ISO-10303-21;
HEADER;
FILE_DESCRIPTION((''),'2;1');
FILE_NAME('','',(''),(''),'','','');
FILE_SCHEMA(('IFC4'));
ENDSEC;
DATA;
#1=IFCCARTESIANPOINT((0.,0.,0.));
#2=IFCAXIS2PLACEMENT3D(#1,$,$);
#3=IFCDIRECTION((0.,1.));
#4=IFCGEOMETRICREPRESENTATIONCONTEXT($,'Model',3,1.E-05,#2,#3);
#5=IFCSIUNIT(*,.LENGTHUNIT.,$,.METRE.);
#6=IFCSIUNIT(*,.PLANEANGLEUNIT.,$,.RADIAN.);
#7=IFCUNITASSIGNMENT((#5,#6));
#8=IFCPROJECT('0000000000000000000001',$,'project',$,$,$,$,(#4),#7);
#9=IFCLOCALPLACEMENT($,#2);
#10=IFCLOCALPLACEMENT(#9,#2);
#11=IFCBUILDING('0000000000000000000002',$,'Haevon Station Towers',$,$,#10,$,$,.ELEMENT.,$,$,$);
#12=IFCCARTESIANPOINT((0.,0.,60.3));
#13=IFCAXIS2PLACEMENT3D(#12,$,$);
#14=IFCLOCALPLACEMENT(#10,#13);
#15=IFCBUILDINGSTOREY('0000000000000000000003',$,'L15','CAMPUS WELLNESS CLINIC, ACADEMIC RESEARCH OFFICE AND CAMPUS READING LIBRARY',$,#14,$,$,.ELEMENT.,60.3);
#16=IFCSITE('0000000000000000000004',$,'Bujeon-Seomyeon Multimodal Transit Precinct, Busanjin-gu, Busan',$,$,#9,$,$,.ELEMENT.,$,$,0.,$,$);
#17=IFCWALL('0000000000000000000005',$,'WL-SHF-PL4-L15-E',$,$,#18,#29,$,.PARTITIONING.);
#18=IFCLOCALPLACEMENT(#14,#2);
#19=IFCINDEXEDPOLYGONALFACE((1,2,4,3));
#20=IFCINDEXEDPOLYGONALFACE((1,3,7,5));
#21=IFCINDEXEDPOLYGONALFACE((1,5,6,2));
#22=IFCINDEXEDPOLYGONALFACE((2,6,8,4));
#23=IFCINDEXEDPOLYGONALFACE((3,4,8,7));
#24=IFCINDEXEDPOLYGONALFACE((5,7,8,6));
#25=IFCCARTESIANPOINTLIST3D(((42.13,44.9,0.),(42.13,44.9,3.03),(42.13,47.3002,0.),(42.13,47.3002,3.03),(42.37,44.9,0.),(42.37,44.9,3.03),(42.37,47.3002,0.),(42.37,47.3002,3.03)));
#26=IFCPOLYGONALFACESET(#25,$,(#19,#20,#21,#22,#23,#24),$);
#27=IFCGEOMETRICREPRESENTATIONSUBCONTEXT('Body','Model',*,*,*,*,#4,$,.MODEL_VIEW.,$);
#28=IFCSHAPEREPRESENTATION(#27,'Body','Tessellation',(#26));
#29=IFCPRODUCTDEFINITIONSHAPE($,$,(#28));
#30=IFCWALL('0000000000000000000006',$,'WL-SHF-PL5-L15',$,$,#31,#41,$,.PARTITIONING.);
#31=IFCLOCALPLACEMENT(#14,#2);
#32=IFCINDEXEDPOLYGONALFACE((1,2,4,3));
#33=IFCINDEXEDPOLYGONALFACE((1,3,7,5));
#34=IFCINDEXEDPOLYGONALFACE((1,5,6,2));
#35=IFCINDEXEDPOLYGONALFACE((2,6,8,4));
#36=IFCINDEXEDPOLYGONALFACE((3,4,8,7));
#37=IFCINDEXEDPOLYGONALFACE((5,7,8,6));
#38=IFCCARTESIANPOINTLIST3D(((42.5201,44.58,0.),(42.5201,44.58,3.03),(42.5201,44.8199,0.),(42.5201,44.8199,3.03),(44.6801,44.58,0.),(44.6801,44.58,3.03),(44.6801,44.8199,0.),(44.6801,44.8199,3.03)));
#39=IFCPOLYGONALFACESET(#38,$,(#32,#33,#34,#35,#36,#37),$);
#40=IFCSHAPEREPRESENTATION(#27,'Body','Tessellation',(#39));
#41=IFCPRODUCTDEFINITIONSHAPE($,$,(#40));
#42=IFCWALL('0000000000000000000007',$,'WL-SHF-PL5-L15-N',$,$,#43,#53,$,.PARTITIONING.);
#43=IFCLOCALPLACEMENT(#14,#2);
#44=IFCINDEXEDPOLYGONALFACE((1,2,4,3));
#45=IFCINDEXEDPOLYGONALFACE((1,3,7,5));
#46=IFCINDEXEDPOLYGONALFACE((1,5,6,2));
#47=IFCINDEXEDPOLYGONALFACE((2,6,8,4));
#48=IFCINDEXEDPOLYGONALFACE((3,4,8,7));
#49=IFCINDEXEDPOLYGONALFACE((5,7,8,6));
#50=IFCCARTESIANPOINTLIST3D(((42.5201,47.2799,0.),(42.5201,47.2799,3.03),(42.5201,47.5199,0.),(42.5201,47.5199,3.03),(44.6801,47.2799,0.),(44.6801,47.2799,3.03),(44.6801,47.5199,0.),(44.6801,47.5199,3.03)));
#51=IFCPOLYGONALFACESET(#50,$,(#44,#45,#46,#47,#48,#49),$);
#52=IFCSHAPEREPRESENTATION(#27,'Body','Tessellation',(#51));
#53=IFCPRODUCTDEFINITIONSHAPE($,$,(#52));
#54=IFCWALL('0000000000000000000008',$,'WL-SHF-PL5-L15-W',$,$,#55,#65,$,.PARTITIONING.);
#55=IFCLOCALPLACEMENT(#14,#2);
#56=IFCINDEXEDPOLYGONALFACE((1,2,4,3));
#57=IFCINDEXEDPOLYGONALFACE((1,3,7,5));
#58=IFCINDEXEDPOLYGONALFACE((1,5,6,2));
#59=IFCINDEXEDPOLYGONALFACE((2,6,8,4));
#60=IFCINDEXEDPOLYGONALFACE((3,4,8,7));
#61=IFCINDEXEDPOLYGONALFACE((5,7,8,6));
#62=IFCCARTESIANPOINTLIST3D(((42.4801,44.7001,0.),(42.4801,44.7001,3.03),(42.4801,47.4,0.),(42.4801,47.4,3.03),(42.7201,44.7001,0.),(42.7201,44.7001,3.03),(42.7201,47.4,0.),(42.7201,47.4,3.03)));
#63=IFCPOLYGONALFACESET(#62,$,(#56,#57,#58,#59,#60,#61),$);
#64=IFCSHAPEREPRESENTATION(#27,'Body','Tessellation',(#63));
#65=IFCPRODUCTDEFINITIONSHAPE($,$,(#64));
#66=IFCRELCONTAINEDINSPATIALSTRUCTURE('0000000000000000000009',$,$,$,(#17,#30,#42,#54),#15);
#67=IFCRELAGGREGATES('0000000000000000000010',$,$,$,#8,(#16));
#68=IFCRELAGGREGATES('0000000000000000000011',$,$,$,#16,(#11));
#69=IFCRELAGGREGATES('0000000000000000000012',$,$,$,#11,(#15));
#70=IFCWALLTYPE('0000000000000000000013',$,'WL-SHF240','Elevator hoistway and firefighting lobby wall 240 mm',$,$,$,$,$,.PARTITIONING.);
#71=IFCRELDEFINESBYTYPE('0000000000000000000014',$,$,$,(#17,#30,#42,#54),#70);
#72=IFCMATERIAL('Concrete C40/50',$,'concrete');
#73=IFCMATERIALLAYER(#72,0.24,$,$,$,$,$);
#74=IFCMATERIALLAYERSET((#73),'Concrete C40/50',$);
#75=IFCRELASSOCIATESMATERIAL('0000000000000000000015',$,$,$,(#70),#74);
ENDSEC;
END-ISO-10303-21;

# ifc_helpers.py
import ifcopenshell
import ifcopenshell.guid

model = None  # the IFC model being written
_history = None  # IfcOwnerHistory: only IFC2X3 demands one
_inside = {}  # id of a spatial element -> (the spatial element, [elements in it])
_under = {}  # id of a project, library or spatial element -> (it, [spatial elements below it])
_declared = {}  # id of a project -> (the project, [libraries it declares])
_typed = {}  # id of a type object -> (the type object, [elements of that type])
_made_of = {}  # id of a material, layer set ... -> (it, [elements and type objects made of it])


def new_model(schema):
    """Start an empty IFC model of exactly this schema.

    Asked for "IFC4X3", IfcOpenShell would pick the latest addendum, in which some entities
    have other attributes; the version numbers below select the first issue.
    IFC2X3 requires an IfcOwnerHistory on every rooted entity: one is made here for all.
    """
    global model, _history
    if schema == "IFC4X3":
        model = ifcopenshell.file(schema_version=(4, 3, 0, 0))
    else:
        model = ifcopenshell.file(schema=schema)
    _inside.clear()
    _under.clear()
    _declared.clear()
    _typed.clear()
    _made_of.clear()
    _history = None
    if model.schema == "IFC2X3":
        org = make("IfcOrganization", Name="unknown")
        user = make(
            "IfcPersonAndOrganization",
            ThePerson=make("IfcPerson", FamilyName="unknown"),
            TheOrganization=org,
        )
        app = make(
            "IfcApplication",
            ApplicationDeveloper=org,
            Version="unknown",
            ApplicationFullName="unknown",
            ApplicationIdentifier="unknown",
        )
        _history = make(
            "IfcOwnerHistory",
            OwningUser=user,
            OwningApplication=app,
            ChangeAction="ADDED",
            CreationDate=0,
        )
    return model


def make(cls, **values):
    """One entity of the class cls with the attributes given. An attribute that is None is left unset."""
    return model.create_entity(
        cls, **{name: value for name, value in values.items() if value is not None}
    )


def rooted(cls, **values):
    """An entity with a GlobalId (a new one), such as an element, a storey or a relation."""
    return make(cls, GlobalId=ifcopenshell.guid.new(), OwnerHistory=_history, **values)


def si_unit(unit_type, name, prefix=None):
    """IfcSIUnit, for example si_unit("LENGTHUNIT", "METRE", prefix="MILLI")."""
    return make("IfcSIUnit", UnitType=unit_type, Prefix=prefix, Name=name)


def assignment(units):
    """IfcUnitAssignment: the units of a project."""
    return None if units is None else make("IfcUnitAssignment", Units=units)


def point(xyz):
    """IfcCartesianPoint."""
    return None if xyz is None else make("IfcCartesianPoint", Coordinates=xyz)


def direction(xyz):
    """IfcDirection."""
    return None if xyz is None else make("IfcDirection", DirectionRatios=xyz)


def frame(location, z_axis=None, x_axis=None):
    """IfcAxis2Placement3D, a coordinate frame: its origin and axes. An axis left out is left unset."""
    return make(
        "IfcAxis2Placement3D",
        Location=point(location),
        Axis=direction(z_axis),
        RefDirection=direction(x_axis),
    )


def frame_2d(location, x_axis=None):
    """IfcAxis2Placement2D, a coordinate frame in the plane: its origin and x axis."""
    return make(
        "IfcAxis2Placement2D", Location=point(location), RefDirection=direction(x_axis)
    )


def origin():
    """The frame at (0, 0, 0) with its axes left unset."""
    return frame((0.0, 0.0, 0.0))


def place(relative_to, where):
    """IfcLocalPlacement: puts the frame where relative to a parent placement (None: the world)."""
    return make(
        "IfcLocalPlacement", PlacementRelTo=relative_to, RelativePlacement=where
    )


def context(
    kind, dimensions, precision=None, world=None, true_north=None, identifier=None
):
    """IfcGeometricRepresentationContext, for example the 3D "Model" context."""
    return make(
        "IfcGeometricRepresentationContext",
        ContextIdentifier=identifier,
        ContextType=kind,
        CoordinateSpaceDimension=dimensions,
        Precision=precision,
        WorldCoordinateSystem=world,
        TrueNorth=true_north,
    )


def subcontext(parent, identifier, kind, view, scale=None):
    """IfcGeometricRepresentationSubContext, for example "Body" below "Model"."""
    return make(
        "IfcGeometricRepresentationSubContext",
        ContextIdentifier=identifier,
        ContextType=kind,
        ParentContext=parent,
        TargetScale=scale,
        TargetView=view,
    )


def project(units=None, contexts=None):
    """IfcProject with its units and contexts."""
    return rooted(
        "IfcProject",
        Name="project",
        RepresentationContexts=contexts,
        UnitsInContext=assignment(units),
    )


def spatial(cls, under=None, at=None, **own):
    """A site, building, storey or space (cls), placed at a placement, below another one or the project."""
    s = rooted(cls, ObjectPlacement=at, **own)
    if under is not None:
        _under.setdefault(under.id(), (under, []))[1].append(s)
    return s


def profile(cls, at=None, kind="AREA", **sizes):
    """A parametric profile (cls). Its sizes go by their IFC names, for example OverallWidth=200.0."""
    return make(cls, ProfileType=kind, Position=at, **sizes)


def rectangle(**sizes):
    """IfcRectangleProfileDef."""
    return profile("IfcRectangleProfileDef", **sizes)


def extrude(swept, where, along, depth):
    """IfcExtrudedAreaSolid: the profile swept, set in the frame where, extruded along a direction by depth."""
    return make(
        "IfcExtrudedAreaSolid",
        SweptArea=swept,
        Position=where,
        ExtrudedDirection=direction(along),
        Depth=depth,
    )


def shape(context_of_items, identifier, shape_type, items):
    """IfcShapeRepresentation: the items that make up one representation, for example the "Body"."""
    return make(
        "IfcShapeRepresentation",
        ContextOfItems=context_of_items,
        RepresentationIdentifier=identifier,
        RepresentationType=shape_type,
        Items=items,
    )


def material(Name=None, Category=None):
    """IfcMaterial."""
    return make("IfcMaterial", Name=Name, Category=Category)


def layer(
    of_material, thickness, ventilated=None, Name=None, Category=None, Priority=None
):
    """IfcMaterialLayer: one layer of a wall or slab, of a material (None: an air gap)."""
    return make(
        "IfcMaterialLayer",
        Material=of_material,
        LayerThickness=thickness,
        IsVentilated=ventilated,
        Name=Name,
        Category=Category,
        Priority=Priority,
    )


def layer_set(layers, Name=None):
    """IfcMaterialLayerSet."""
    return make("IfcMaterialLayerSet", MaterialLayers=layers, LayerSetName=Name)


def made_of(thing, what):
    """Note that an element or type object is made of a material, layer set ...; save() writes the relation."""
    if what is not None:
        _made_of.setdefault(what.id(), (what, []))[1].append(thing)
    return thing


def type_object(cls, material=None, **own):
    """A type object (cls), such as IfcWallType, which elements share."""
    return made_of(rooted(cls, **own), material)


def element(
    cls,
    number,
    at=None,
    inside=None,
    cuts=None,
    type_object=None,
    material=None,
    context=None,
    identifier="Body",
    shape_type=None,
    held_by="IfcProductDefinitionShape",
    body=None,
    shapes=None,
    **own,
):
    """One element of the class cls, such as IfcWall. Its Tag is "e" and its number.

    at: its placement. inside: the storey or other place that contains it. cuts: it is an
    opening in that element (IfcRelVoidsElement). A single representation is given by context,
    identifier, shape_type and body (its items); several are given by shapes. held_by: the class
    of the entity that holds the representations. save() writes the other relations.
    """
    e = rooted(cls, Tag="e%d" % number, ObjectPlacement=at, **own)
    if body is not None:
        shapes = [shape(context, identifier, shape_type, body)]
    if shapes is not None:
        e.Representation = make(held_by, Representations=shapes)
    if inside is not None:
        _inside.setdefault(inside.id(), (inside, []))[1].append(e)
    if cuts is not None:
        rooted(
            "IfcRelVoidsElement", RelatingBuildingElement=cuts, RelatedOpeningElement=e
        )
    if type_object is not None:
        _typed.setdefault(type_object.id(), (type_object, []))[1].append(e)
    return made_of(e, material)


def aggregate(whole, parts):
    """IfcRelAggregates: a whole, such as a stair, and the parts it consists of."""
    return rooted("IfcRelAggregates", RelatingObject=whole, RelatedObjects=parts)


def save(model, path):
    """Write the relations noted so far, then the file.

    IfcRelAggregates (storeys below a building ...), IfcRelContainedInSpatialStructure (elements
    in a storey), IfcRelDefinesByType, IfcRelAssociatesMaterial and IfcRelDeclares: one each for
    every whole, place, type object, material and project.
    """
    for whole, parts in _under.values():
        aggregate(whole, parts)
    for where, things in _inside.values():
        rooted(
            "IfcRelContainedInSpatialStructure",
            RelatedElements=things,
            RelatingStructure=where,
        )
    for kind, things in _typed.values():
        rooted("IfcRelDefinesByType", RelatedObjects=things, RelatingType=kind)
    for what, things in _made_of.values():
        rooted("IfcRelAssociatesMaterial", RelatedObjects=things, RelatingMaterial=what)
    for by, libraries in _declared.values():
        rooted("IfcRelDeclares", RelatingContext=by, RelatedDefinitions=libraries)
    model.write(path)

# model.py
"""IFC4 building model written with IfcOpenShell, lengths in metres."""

from ifc_helpers import new_model, si_unit, direction, frame, frame_2d, origin, place, context, subcontext, project, spatial, rectangle, extrude, material, layer, layer_set, type_object, element, save


model = new_model("IFC4")

# Units and contexts
model_context = context("Model", 3, precision=1e-05, world=origin(), true_north=direction((0.0, 1.0)))
body_context = subcontext(model_context, "Body", "Model", "MODEL_VIEW")
ifc_project = project(units=[si_unit("LENGTHUNIT", "METRE"), si_unit("PLANEANGLEUNIT", "RADIAN")], contexts=[model_context])

# Site, building, storey
site_placement = place(None, origin())
site = spatial("IfcSite", under=ifc_project, at=site_placement, Name="Bujeon-Seomyeon Multimodal Transit Precinct, Busanjin-gu, Busan", CompositionType="ELEMENT", RefElevation=0.0)
building_placement = place(site_placement, origin())
building = spatial("IfcBuilding", under=site, at=building_placement, Name="Haevon Station Towers", CompositionType="ELEMENT")
storey_placement = place(building_placement, frame((0.0, 0.0, 60.3)))
storey = spatial("IfcBuildingStorey", under=building, at=storey_placement, Name="L15", Description="CAMPUS WELLNESS CLINIC, ACADEMIC RESEARCH OFFICE AND CAMPUS READING LIBRARY", CompositionType="ELEMENT", Elevation=60.3)

# Shared definitions
ifc_material_1 = material(Name="Concrete C40/50", Category="concrete")
ifc_layer_1 = layer(ifc_material_1, 0.24)
ifc_layer_set_1 = layer_set([ifc_layer_1], Name="Concrete C40/50")
wall_type_1 = type_object("IfcWallType", Name="WL-SHF240", Description="Elevator hoistway and firefighting lobby wall 240 mm", PredefinedType="PARTITIONING", material=ifc_layer_set_1)

# Walls
wall_1_placement = place(storey_placement, frame((42.25, 44.8999, 0.0), z_axis=(0.0, 0.0, 1.0), x_axis=(0.0, 1.0, 0.0)))
element("IfcWall", 1, at=wall_1_placement, inside=storey, type_object=wall_type_1, Name="WL-SHF-PL4-L15-E", PredefinedType="PARTITIONING", context=body_context, shape_type="SweptSolid", body=[
    extrude(rectangle(XDim=2.4001, YDim=0.24, at=frame_2d((1.2002, 0.0))), origin(), (0.0, 0.0, 1.0), 3.03),
])
for number, where, z_axis, x_axis, name in (
    (2, (42.52, 44.7, 0.0), (0.0, 0.0, 1.0), (1.0, 0.0, 0.0), "WL-SHF-PL5-L15"),
    (3, (42.52, 47.3999, 0.0), (0.0, 0.0, 1.0), (1.0, 0.0, 0.0), "WL-SHF-PL5-L15-N"),
):
    element("IfcWall", number, at=place(storey_placement, frame(where, z_axis=z_axis, x_axis=x_axis)), inside=storey, type_object=wall_type_1, Name=name, PredefinedType="PARTITIONING", context=body_context, shape_type="SweptSolid", body=[
        extrude(rectangle(XDim=2.1599, YDim=0.24, at=frame_2d((1.0801, 0.0))), origin(), (0.0, 0.0, 1.0), 3.03),
    ])
wall_2_placement = place(storey_placement, frame((42.6001, 44.7, 0.0), z_axis=(0.0, 0.0, 1.0), x_axis=(0.0, 1.0, 0.0)))
element("IfcWall", 4, at=wall_2_placement, inside=storey, type_object=wall_type_1, Name="WL-SHF-PL5-L15-W", PredefinedType="PARTITIONING", context=body_context, shape_type="SweptSolid", body=[
    extrude(rectangle(XDim=2.7, YDim=0.24, at=frame_2d((1.3501, 0.0))), origin(), (0.0, 0.0, 1.0), 3.03),
])

save(model, "model.ifc")
